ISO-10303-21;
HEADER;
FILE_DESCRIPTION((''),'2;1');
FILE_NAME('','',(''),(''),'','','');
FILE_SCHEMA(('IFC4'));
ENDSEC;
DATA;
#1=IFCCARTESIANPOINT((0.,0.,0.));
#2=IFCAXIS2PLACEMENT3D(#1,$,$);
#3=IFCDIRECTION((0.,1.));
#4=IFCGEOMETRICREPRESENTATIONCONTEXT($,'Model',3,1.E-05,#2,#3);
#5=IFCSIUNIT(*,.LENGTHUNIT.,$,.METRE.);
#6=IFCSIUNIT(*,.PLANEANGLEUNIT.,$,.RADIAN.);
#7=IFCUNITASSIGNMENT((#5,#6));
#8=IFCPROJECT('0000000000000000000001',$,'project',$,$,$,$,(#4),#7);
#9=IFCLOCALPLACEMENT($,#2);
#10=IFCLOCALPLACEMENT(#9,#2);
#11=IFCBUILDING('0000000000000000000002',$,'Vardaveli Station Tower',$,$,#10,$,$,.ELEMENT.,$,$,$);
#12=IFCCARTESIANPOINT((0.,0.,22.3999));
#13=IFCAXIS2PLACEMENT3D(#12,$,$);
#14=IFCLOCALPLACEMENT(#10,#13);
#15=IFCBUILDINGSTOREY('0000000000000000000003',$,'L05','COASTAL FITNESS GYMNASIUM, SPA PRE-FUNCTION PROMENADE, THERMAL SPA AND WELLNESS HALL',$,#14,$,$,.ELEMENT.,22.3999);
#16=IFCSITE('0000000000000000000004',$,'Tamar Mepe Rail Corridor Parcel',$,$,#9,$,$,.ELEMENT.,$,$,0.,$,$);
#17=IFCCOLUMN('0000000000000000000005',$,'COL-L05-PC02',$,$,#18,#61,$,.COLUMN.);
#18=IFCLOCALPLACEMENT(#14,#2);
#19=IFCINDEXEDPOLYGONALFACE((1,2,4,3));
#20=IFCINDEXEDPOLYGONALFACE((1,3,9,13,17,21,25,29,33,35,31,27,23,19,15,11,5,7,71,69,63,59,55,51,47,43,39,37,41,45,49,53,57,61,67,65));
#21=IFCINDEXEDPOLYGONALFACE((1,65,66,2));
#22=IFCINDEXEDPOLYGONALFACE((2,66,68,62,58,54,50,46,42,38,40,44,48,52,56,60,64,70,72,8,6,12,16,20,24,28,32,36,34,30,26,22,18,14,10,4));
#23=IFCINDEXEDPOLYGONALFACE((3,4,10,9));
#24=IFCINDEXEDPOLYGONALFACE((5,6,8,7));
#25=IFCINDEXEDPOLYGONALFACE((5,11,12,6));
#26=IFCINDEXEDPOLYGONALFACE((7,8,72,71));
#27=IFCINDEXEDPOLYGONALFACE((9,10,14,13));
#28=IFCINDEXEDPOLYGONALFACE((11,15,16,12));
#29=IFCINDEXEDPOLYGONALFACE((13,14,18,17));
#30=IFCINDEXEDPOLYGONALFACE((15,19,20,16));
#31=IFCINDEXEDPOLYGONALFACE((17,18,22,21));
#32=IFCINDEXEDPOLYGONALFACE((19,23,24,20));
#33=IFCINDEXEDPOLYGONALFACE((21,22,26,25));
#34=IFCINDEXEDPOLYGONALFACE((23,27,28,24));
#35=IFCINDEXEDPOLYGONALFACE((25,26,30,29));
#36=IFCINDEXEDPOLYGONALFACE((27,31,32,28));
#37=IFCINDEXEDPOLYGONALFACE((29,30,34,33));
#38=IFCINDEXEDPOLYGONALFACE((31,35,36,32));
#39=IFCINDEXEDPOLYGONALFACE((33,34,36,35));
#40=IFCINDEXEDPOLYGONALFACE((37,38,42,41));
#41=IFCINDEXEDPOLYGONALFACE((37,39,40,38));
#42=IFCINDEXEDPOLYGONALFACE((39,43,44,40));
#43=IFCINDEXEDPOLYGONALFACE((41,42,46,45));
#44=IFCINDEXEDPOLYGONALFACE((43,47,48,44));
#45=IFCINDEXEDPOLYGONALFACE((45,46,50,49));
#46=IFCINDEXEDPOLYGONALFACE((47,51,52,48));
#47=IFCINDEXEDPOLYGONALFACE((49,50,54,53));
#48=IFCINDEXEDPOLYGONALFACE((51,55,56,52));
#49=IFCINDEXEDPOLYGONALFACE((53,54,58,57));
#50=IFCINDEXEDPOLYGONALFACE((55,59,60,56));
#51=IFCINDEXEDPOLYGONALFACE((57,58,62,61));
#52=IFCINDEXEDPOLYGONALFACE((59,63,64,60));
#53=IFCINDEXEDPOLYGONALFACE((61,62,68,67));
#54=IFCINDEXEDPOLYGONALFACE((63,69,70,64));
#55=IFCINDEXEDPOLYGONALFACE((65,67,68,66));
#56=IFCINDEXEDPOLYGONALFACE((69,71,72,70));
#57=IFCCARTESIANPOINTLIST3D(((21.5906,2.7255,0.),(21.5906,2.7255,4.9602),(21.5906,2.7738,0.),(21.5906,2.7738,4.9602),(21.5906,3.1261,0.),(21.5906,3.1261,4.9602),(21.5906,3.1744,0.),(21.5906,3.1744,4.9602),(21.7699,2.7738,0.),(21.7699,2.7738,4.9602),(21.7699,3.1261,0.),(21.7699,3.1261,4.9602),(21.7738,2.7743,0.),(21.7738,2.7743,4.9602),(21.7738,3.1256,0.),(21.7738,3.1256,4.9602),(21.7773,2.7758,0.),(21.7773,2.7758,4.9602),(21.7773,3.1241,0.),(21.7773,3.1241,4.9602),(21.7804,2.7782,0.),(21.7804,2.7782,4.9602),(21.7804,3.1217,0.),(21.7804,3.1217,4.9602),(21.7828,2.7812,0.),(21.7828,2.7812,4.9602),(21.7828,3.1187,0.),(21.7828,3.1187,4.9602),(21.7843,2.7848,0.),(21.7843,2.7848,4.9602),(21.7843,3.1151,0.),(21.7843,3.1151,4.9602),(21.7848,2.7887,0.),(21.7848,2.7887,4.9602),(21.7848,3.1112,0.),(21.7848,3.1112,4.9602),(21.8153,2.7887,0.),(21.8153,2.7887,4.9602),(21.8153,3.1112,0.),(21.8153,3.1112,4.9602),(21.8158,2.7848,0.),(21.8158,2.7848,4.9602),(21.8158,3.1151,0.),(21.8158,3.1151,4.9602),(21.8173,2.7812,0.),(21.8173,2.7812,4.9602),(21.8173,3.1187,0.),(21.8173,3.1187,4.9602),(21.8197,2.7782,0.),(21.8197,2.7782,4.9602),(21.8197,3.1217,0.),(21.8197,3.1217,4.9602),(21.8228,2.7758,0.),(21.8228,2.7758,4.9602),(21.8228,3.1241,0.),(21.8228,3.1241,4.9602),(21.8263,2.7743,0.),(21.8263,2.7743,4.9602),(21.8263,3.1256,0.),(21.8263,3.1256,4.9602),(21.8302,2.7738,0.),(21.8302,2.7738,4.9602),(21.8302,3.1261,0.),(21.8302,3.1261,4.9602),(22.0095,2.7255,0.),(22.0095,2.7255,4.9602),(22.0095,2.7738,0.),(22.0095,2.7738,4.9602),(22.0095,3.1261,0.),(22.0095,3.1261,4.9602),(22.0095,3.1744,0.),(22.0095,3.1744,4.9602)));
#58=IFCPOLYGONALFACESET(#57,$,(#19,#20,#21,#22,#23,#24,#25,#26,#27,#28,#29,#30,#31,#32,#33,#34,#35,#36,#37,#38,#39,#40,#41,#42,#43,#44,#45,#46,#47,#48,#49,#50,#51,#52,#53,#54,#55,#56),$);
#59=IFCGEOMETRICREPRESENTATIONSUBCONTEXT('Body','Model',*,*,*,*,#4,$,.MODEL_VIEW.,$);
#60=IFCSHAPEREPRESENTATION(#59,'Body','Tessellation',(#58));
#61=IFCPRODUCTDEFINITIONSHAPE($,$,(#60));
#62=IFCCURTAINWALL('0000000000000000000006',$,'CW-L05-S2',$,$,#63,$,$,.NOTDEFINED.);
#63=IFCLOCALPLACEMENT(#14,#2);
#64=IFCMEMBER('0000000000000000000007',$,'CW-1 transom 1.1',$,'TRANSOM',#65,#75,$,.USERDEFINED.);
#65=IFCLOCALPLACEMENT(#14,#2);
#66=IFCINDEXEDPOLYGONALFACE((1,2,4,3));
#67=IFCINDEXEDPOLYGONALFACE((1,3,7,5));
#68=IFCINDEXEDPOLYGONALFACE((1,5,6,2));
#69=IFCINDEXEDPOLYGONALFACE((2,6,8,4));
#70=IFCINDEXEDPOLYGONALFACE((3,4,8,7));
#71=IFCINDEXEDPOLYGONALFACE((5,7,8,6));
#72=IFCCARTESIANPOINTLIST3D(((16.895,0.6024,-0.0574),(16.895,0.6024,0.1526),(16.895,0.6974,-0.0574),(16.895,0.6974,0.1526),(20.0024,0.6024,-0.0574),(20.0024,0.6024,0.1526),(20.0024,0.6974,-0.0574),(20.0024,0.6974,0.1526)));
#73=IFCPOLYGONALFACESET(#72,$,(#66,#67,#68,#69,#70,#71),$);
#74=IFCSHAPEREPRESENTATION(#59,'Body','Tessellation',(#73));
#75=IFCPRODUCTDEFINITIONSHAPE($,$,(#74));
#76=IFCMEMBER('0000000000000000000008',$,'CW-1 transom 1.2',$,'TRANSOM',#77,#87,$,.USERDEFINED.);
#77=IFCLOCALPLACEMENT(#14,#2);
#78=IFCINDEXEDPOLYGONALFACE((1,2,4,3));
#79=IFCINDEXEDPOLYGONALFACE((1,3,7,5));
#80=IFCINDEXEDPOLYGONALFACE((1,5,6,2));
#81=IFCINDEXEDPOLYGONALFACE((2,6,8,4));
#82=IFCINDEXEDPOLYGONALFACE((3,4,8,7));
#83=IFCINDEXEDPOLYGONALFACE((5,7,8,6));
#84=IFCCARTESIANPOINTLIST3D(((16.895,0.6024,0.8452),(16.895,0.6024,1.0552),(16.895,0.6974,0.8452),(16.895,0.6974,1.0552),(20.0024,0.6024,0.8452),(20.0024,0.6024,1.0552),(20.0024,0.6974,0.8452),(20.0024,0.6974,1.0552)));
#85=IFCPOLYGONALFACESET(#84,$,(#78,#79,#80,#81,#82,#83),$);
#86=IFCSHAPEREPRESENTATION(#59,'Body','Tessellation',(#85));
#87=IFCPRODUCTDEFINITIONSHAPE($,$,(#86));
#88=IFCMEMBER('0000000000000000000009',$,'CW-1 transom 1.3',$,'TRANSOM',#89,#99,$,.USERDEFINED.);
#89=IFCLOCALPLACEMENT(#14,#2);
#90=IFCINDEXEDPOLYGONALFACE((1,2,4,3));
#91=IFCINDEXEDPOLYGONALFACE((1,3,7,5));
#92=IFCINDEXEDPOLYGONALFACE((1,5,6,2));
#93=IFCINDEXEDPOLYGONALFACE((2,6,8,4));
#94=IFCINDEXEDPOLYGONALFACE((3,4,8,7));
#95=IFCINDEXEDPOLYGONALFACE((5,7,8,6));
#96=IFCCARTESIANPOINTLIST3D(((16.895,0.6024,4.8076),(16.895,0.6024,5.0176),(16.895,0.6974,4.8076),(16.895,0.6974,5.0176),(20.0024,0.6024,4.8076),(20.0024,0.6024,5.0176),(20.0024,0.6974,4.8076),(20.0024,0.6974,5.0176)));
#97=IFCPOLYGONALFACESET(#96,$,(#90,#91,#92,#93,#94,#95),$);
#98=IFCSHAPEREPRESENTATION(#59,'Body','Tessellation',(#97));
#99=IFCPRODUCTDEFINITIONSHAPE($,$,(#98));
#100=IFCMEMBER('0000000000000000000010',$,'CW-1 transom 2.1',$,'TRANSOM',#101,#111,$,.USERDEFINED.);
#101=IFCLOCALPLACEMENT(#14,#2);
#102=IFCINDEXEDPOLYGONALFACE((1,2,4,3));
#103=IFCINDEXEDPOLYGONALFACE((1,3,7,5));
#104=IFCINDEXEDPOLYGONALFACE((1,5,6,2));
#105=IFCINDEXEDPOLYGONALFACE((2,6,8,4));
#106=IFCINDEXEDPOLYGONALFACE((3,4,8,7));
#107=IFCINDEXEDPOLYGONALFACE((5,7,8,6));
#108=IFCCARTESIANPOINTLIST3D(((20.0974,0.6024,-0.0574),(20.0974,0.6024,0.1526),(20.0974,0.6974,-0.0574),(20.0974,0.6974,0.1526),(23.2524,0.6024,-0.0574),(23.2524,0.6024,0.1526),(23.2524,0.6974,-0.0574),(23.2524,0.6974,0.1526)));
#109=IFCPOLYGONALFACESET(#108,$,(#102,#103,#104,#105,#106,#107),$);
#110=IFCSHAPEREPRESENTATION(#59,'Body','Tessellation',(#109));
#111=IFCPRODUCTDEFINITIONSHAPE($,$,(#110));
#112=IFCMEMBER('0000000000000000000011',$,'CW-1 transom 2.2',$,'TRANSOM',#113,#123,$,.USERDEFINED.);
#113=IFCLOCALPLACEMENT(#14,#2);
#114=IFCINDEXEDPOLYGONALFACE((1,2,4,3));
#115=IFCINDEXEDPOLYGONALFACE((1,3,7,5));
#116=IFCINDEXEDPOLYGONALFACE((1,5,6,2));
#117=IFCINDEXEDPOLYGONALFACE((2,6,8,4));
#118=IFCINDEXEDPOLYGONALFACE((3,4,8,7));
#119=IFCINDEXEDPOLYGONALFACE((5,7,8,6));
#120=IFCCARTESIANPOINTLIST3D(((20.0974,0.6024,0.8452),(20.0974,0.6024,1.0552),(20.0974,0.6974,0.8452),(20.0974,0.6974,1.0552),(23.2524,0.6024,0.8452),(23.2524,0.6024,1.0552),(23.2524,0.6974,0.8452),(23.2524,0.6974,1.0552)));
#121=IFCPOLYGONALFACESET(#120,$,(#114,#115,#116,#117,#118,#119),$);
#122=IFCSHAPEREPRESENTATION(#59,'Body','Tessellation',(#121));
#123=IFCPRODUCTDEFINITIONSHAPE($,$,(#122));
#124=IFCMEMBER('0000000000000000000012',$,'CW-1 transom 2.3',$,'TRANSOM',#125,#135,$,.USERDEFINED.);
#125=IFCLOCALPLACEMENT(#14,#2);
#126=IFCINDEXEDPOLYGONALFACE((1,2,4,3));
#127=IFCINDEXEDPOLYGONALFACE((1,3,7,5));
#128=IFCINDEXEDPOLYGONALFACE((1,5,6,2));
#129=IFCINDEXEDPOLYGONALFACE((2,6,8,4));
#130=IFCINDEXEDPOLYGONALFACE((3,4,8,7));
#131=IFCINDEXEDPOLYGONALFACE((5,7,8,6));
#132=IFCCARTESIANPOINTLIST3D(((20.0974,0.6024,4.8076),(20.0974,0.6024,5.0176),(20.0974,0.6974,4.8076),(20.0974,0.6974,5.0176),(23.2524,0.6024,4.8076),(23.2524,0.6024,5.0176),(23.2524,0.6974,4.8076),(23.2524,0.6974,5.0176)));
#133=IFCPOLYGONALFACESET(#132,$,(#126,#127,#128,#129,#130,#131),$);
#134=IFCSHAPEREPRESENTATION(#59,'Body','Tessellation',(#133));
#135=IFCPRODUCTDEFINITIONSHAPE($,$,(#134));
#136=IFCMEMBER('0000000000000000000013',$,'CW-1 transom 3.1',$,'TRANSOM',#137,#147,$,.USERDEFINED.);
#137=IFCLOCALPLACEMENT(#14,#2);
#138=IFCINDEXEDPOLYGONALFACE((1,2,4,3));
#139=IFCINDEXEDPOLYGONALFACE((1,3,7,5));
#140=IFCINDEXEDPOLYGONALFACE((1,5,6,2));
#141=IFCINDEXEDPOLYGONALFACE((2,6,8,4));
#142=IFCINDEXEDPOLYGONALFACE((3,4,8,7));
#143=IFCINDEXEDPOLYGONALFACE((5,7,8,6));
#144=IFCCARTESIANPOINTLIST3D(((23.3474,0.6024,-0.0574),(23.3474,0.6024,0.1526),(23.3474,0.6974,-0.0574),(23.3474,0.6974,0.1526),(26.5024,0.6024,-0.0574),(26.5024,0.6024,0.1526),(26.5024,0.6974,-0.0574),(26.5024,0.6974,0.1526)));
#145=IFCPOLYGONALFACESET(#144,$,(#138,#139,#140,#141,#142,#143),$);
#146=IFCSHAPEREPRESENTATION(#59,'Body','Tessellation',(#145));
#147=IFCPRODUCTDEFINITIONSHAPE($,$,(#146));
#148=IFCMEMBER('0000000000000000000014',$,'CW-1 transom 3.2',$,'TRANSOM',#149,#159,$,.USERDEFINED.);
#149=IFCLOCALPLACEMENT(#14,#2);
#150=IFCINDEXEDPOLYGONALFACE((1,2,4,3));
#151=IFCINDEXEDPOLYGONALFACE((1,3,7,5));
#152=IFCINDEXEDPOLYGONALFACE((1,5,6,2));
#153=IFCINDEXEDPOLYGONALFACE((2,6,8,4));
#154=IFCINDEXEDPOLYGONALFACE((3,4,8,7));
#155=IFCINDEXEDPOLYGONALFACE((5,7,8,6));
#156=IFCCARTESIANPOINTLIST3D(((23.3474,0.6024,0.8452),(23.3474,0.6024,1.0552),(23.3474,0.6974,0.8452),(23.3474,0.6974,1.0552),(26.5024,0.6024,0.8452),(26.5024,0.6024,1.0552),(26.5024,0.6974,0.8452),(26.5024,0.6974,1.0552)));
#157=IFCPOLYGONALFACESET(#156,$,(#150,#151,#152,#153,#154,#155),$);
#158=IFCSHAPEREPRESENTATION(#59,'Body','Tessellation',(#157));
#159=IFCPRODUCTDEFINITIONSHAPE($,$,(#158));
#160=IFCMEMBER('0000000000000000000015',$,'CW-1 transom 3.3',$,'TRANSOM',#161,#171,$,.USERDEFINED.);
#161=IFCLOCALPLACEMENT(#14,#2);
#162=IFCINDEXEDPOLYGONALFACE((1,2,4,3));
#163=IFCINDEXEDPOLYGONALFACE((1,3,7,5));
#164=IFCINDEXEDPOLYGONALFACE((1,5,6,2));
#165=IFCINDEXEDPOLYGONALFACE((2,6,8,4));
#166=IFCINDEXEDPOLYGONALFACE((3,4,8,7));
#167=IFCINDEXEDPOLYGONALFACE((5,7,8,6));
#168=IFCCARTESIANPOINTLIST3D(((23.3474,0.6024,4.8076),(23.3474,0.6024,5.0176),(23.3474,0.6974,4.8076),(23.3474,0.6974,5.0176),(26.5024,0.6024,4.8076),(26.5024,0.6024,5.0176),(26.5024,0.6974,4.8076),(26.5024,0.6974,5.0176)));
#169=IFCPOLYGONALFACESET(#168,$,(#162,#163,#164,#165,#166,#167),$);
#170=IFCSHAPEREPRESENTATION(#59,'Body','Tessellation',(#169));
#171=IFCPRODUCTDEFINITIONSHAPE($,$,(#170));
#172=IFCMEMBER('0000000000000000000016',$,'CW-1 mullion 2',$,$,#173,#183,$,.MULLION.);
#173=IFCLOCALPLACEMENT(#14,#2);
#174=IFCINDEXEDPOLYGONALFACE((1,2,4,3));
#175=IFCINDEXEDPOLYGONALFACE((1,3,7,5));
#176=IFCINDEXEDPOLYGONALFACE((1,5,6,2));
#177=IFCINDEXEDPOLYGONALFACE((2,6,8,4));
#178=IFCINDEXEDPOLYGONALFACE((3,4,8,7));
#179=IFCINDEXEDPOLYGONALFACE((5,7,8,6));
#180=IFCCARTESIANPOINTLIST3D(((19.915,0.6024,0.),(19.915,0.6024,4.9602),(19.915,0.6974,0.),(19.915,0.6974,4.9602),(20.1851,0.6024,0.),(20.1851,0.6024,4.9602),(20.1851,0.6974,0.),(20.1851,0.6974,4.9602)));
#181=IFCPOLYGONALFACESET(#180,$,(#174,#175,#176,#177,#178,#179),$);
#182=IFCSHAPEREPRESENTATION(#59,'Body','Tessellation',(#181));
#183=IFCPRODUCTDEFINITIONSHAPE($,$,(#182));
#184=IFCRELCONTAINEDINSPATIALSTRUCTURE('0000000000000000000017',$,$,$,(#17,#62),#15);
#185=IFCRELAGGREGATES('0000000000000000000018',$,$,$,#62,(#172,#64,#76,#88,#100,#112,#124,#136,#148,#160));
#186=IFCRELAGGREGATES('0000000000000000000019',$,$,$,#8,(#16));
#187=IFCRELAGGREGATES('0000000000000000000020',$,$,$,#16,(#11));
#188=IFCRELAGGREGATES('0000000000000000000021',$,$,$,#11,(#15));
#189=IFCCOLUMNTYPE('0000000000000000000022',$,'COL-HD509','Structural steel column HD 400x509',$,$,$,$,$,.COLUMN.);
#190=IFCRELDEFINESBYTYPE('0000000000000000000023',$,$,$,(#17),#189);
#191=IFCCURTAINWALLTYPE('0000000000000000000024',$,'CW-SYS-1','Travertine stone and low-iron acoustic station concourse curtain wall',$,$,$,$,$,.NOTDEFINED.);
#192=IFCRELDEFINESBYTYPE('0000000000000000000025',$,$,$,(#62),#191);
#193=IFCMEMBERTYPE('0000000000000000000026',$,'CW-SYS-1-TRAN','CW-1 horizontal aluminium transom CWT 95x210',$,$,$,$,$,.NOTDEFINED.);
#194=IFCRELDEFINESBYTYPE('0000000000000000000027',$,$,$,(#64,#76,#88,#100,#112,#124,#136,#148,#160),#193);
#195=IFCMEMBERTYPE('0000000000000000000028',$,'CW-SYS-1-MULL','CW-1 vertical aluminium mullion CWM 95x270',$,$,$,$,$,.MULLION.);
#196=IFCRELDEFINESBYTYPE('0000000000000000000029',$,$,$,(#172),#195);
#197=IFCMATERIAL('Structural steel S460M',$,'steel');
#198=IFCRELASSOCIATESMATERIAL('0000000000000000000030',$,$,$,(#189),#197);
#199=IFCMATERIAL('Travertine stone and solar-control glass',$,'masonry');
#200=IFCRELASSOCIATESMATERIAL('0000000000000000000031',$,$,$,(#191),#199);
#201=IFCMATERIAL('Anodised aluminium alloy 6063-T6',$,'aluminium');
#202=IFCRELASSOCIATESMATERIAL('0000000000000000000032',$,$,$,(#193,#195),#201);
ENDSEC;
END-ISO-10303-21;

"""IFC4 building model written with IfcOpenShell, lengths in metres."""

from ifc_helpers import new_model, si_unit, direction, frame, origin, origin_2d, place, context, subcontext, project, spatial, rectangle, i_section, extrude, source, transform, mapped, material, material_profile, profile_set, type_object, element, aggregate, save


model = new_model("IFC4")

# Units and contexts
model_context = context("Model", 3, precision=1e-05, world=origin(), true_north=direction((0.0, 1.0)))
body_context = subcontext(model_context, "Body", "Model", "MODEL_VIEW")
ifc_project = project(units=[si_unit("LENGTHUNIT", "METRE"), si_unit("PLANEANGLEUNIT", "RADIAN")], contexts=[model_context])

# Site, building, storey
site_placement = place(None, origin())
site = spatial("IfcSite", under=ifc_project, at=site_placement, Name="Tamar Mepe Rail Corridor Parcel", CompositionType="ELEMENT", RefElevation=0.0)
building_placement = place(site_placement, origin())
building = spatial("IfcBuilding", under=site, at=building_placement, Name="Vardaveli Station Tower", CompositionType="ELEMENT")
storey_placement = place(building_placement, frame((0.0, 0.0, 22.3999)))
storey = spatial("IfcBuildingStorey", under=building, at=storey_placement, Name="L05", Description="COASTAL FITNESS GYMNASIUM, SPA PRE-FUNCTION PROMENADE, THERMAL SPA AND WELLNESS HALL", CompositionType="ELEMENT", Elevation=22.3999)

# Column
ifc_material_1 = material(Name="Structural steel S460M", Category="steel")
ifc_material_profile_1 = material_profile(ifc_material_1, i_section(OverallWidth=0.4189, OverallDepth=0.449, WebThickness=0.0305, FlangeThickness=0.0483, FilletRadius=0.0149, at=origin_2d()), Name="HD 400x509")
ifc_profile_set_1 = profile_set([ifc_material_profile_1], Name="Structural steel S460M")
column_type = type_object("IfcColumnType", Name="COL-HD509", Description="Structural steel column HD 400x509", PredefinedType="COLUMN", material=ifc_profile_set_1)
shared_shape_1 = source(origin(), body_context, "Body", "SweptSolid", [
    extrude(i_section(OverallWidth=0.4189, OverallDepth=0.449, WebThickness=0.0305, FlangeThickness=0.0483, FilletRadius=0.0149, at=origin_2d()), origin(), (0.0, 0.0, 1.0), 4.9602),
])
column_placement = place(storey_placement, frame((21.8, 2.95, 0.0), z_axis=(0.0, 0.0, 1.0), x_axis=(1.0, 0.0, 0.0)))
element("IfcColumn", 1, at=column_placement, inside=storey, type_object=column_type, Name="COL-L05-PC02", PredefinedType="COLUMN", context=body_context, shape_type="MappedRepresentation", body=[
    mapped(shared_shape_1, transform((0.0, 0.0, 0.0), scale=1.0)),
])

# Curtain wall, members
ifc_material_2 = material(Name="Travertine stone and solar-control glass", Category="masonry")
curtain_wall_type = type_object("IfcCurtainWallType", Name="CW-SYS-1", Description="Travertine stone and low-iron acoustic station concourse curtain wall", PredefinedType="NOTDEFINED", material=ifc_material_2)
curtain_wall_placement = place(storey_placement, origin())
curtain_wall = element("IfcCurtainWall", 2, at=curtain_wall_placement, inside=storey, type_object=curtain_wall_type, Name="CW-L05-S2", PredefinedType="NOTDEFINED")
ifc_material_3 = material(Name="Anodised aluminium alloy 6063-T6", Category="aluminium")
ifc_material_profile_2 = material_profile(ifc_material_3, rectangle(XDim=0.095, YDim=0.21, at=origin_2d()), Name="CWT 95x210")
ifc_profile_set_2 = profile_set([ifc_material_profile_2], Name="Anodised aluminium alloy 6063-T6")
member_type_1 = type_object("IfcMemberType", Name="CW-SYS-1-TRAN", Description="CW-1 horizontal aluminium transom CWT 95x210", PredefinedType="NOTDEFINED", material=ifc_profile_set_2)
shared_shape_2 = source(origin(), body_context, "Body", "SweptSolid", [
    extrude(rectangle(XDim=0.095, YDim=0.21, at=origin_2d()), origin(), (0.0, 0.0, 1.0), 3.1074),
])
member_1_placement = place(storey_placement, frame((16.895, 0.6499, 0.0476), z_axis=(1.0, 0.0, 0.0), x_axis=(0.0, 1.0, 0.0)))
member_1 = element("IfcMember", 3, at=member_1_placement, type_object=member_type_1, Name="CW-1 transom 1.1", ObjectType="TRANSOM", PredefinedType="USERDEFINED", context=body_context, shape_type="MappedRepresentation", body=[
    mapped(shared_shape_2, transform((0.0, 0.0, 0.0), scale=1.0)),
])
member_2_placement = place(storey_placement, frame((16.895, 0.6499, 0.9502), z_axis=(1.0, 0.0, 0.0), x_axis=(0.0, 1.0, 0.0)))
member_2 = element("IfcMember", 4, at=member_2_placement, type_object=member_type_1, Name="CW-1 transom 1.2", ObjectType="TRANSOM", PredefinedType="USERDEFINED", context=body_context, shape_type="MappedRepresentation", body=[
    mapped(shared_shape_2, transform((0.0, 0.0, 0.0), scale=1.0)),
])
member_3_placement = place(storey_placement, frame((16.895, 0.6499, 4.9126), z_axis=(1.0, 0.0, 0.0), x_axis=(0.0, 1.0, 0.0)))
member_3 = element("IfcMember", 5, at=member_3_placement, type_object=member_type_1, Name="CW-1 transom 1.3", ObjectType="TRANSOM", PredefinedType="USERDEFINED", context=body_context, shape_type="MappedRepresentation", body=[
    mapped(shared_shape_2, transform((0.0, 0.0, 0.0), scale=1.0)),
])
shared_shape_3 = source(origin(), body_context, "Body", "SweptSolid", [
    extrude(rectangle(XDim=0.095, YDim=0.21, at=origin_2d()), origin(), (0.0, 0.0, 1.0), 3.155),
])
member_4_placement = place(storey_placement, frame((20.0974, 0.6499, 0.0476), z_axis=(1.0, 0.0, 0.0), x_axis=(0.0, 1.0, 0.0)))
member_4 = element("IfcMember", 6, at=member_4_placement, type_object=member_type_1, Name="CW-1 transom 2.1", ObjectType="TRANSOM", PredefinedType="USERDEFINED", context=body_context, shape_type="MappedRepresentation", body=[
    mapped(shared_shape_3, transform((0.0, 0.0, 0.0), scale=1.0)),
])
member_5_placement = place(storey_placement, frame((20.0974, 0.6499, 0.9502), z_axis=(1.0, 0.0, 0.0), x_axis=(0.0, 1.0, 0.0)))
member_5 = element("IfcMember", 7, at=member_5_placement, type_object=member_type_1, Name="CW-1 transom 2.2", ObjectType="TRANSOM", PredefinedType="USERDEFINED", context=body_context, shape_type="MappedRepresentation", body=[
    mapped(shared_shape_3, transform((0.0, 0.0, 0.0), scale=1.0)),
])
member_6_placement = place(storey_placement, frame((20.0974, 0.6499, 4.9126), z_axis=(1.0, 0.0, 0.0), x_axis=(0.0, 1.0, 0.0)))
member_6 = element("IfcMember", 8, at=member_6_placement, type_object=member_type_1, Name="CW-1 transom 2.3", ObjectType="TRANSOM", PredefinedType="USERDEFINED", context=body_context, shape_type="MappedRepresentation", body=[
    mapped(shared_shape_3, transform((0.0, 0.0, 0.0), scale=1.0)),
])
member_7_placement = place(storey_placement, frame((23.3474, 0.6499, 0.0476), z_axis=(1.0, 0.0, 0.0), x_axis=(0.0, 1.0, 0.0)))
member_7 = element("IfcMember", 9, at=member_7_placement, type_object=member_type_1, Name="CW-1 transom 3.1", ObjectType="TRANSOM", PredefinedType="USERDEFINED", context=body_context, shape_type="MappedRepresentation", body=[
    mapped(shared_shape_3, transform((0.0, 0.0, 0.0), scale=1.0)),
])
member_8_placement = place(storey_placement, frame((23.3474, 0.6499, 0.9502), z_axis=(1.0, 0.0, 0.0), x_axis=(0.0, 1.0, 0.0)))
member_8 = element("IfcMember", 10, at=member_8_placement, type_object=member_type_1, Name="CW-1 transom 3.2", ObjectType="TRANSOM", PredefinedType="USERDEFINED", context=body_context, shape_type="MappedRepresentation", body=[
    mapped(shared_shape_3, transform((0.0, 0.0, 0.0), scale=1.0)),
])
member_9_placement = place(storey_placement, frame((23.3474, 0.6499, 4.9126), z_axis=(1.0, 0.0, 0.0), x_axis=(0.0, 1.0, 0.0)))
member_9 = element("IfcMember", 11, at=member_9_placement, type_object=member_type_1, Name="CW-1 transom 3.3", ObjectType="TRANSOM", PredefinedType="USERDEFINED", context=body_context, shape_type="MappedRepresentation", body=[
    mapped(shared_shape_3, transform((0.0, 0.0, 0.0), scale=1.0)),
])
ifc_material_profile_3 = material_profile(ifc_material_3, rectangle(XDim=0.095, YDim=0.27, at=origin_2d()), Name="CWM 95x270")
ifc_profile_set_3 = profile_set([ifc_material_profile_3], Name="Anodised aluminium alloy 6063-T6")
member_type_2 = type_object("IfcMemberType", Name="CW-SYS-1-MULL", Description="CW-1 vertical aluminium mullion CWM 95x270", PredefinedType="MULLION", material=ifc_profile_set_3)
shared_shape_4 = source(origin(), body_context, "Body", "SweptSolid", [
    extrude(rectangle(XDim=0.095, YDim=0.27, at=origin_2d()), origin(), (0.0, 0.0, 1.0), 4.9602),
])
member_10_placement = place(storey_placement, frame((20.05, 0.6499, 0.0), z_axis=(0.0, 0.0, 1.0), x_axis=(0.0, 1.0, 0.0)))
member_10 = element("IfcMember", 12, at=member_10_placement, type_object=member_type_2, Name="CW-1 mullion 2", PredefinedType="MULLION", context=body_context, shape_type="MappedRepresentation", body=[
    mapped(shared_shape_4, transform((0.0, 0.0, 0.0), scale=1.0)),
])
aggregate(curtain_wall, [member_10, member_1, member_2, member_3, member_4, member_5, member_6, member_7, member_8, member_9])

save(model, "model.ifc")
